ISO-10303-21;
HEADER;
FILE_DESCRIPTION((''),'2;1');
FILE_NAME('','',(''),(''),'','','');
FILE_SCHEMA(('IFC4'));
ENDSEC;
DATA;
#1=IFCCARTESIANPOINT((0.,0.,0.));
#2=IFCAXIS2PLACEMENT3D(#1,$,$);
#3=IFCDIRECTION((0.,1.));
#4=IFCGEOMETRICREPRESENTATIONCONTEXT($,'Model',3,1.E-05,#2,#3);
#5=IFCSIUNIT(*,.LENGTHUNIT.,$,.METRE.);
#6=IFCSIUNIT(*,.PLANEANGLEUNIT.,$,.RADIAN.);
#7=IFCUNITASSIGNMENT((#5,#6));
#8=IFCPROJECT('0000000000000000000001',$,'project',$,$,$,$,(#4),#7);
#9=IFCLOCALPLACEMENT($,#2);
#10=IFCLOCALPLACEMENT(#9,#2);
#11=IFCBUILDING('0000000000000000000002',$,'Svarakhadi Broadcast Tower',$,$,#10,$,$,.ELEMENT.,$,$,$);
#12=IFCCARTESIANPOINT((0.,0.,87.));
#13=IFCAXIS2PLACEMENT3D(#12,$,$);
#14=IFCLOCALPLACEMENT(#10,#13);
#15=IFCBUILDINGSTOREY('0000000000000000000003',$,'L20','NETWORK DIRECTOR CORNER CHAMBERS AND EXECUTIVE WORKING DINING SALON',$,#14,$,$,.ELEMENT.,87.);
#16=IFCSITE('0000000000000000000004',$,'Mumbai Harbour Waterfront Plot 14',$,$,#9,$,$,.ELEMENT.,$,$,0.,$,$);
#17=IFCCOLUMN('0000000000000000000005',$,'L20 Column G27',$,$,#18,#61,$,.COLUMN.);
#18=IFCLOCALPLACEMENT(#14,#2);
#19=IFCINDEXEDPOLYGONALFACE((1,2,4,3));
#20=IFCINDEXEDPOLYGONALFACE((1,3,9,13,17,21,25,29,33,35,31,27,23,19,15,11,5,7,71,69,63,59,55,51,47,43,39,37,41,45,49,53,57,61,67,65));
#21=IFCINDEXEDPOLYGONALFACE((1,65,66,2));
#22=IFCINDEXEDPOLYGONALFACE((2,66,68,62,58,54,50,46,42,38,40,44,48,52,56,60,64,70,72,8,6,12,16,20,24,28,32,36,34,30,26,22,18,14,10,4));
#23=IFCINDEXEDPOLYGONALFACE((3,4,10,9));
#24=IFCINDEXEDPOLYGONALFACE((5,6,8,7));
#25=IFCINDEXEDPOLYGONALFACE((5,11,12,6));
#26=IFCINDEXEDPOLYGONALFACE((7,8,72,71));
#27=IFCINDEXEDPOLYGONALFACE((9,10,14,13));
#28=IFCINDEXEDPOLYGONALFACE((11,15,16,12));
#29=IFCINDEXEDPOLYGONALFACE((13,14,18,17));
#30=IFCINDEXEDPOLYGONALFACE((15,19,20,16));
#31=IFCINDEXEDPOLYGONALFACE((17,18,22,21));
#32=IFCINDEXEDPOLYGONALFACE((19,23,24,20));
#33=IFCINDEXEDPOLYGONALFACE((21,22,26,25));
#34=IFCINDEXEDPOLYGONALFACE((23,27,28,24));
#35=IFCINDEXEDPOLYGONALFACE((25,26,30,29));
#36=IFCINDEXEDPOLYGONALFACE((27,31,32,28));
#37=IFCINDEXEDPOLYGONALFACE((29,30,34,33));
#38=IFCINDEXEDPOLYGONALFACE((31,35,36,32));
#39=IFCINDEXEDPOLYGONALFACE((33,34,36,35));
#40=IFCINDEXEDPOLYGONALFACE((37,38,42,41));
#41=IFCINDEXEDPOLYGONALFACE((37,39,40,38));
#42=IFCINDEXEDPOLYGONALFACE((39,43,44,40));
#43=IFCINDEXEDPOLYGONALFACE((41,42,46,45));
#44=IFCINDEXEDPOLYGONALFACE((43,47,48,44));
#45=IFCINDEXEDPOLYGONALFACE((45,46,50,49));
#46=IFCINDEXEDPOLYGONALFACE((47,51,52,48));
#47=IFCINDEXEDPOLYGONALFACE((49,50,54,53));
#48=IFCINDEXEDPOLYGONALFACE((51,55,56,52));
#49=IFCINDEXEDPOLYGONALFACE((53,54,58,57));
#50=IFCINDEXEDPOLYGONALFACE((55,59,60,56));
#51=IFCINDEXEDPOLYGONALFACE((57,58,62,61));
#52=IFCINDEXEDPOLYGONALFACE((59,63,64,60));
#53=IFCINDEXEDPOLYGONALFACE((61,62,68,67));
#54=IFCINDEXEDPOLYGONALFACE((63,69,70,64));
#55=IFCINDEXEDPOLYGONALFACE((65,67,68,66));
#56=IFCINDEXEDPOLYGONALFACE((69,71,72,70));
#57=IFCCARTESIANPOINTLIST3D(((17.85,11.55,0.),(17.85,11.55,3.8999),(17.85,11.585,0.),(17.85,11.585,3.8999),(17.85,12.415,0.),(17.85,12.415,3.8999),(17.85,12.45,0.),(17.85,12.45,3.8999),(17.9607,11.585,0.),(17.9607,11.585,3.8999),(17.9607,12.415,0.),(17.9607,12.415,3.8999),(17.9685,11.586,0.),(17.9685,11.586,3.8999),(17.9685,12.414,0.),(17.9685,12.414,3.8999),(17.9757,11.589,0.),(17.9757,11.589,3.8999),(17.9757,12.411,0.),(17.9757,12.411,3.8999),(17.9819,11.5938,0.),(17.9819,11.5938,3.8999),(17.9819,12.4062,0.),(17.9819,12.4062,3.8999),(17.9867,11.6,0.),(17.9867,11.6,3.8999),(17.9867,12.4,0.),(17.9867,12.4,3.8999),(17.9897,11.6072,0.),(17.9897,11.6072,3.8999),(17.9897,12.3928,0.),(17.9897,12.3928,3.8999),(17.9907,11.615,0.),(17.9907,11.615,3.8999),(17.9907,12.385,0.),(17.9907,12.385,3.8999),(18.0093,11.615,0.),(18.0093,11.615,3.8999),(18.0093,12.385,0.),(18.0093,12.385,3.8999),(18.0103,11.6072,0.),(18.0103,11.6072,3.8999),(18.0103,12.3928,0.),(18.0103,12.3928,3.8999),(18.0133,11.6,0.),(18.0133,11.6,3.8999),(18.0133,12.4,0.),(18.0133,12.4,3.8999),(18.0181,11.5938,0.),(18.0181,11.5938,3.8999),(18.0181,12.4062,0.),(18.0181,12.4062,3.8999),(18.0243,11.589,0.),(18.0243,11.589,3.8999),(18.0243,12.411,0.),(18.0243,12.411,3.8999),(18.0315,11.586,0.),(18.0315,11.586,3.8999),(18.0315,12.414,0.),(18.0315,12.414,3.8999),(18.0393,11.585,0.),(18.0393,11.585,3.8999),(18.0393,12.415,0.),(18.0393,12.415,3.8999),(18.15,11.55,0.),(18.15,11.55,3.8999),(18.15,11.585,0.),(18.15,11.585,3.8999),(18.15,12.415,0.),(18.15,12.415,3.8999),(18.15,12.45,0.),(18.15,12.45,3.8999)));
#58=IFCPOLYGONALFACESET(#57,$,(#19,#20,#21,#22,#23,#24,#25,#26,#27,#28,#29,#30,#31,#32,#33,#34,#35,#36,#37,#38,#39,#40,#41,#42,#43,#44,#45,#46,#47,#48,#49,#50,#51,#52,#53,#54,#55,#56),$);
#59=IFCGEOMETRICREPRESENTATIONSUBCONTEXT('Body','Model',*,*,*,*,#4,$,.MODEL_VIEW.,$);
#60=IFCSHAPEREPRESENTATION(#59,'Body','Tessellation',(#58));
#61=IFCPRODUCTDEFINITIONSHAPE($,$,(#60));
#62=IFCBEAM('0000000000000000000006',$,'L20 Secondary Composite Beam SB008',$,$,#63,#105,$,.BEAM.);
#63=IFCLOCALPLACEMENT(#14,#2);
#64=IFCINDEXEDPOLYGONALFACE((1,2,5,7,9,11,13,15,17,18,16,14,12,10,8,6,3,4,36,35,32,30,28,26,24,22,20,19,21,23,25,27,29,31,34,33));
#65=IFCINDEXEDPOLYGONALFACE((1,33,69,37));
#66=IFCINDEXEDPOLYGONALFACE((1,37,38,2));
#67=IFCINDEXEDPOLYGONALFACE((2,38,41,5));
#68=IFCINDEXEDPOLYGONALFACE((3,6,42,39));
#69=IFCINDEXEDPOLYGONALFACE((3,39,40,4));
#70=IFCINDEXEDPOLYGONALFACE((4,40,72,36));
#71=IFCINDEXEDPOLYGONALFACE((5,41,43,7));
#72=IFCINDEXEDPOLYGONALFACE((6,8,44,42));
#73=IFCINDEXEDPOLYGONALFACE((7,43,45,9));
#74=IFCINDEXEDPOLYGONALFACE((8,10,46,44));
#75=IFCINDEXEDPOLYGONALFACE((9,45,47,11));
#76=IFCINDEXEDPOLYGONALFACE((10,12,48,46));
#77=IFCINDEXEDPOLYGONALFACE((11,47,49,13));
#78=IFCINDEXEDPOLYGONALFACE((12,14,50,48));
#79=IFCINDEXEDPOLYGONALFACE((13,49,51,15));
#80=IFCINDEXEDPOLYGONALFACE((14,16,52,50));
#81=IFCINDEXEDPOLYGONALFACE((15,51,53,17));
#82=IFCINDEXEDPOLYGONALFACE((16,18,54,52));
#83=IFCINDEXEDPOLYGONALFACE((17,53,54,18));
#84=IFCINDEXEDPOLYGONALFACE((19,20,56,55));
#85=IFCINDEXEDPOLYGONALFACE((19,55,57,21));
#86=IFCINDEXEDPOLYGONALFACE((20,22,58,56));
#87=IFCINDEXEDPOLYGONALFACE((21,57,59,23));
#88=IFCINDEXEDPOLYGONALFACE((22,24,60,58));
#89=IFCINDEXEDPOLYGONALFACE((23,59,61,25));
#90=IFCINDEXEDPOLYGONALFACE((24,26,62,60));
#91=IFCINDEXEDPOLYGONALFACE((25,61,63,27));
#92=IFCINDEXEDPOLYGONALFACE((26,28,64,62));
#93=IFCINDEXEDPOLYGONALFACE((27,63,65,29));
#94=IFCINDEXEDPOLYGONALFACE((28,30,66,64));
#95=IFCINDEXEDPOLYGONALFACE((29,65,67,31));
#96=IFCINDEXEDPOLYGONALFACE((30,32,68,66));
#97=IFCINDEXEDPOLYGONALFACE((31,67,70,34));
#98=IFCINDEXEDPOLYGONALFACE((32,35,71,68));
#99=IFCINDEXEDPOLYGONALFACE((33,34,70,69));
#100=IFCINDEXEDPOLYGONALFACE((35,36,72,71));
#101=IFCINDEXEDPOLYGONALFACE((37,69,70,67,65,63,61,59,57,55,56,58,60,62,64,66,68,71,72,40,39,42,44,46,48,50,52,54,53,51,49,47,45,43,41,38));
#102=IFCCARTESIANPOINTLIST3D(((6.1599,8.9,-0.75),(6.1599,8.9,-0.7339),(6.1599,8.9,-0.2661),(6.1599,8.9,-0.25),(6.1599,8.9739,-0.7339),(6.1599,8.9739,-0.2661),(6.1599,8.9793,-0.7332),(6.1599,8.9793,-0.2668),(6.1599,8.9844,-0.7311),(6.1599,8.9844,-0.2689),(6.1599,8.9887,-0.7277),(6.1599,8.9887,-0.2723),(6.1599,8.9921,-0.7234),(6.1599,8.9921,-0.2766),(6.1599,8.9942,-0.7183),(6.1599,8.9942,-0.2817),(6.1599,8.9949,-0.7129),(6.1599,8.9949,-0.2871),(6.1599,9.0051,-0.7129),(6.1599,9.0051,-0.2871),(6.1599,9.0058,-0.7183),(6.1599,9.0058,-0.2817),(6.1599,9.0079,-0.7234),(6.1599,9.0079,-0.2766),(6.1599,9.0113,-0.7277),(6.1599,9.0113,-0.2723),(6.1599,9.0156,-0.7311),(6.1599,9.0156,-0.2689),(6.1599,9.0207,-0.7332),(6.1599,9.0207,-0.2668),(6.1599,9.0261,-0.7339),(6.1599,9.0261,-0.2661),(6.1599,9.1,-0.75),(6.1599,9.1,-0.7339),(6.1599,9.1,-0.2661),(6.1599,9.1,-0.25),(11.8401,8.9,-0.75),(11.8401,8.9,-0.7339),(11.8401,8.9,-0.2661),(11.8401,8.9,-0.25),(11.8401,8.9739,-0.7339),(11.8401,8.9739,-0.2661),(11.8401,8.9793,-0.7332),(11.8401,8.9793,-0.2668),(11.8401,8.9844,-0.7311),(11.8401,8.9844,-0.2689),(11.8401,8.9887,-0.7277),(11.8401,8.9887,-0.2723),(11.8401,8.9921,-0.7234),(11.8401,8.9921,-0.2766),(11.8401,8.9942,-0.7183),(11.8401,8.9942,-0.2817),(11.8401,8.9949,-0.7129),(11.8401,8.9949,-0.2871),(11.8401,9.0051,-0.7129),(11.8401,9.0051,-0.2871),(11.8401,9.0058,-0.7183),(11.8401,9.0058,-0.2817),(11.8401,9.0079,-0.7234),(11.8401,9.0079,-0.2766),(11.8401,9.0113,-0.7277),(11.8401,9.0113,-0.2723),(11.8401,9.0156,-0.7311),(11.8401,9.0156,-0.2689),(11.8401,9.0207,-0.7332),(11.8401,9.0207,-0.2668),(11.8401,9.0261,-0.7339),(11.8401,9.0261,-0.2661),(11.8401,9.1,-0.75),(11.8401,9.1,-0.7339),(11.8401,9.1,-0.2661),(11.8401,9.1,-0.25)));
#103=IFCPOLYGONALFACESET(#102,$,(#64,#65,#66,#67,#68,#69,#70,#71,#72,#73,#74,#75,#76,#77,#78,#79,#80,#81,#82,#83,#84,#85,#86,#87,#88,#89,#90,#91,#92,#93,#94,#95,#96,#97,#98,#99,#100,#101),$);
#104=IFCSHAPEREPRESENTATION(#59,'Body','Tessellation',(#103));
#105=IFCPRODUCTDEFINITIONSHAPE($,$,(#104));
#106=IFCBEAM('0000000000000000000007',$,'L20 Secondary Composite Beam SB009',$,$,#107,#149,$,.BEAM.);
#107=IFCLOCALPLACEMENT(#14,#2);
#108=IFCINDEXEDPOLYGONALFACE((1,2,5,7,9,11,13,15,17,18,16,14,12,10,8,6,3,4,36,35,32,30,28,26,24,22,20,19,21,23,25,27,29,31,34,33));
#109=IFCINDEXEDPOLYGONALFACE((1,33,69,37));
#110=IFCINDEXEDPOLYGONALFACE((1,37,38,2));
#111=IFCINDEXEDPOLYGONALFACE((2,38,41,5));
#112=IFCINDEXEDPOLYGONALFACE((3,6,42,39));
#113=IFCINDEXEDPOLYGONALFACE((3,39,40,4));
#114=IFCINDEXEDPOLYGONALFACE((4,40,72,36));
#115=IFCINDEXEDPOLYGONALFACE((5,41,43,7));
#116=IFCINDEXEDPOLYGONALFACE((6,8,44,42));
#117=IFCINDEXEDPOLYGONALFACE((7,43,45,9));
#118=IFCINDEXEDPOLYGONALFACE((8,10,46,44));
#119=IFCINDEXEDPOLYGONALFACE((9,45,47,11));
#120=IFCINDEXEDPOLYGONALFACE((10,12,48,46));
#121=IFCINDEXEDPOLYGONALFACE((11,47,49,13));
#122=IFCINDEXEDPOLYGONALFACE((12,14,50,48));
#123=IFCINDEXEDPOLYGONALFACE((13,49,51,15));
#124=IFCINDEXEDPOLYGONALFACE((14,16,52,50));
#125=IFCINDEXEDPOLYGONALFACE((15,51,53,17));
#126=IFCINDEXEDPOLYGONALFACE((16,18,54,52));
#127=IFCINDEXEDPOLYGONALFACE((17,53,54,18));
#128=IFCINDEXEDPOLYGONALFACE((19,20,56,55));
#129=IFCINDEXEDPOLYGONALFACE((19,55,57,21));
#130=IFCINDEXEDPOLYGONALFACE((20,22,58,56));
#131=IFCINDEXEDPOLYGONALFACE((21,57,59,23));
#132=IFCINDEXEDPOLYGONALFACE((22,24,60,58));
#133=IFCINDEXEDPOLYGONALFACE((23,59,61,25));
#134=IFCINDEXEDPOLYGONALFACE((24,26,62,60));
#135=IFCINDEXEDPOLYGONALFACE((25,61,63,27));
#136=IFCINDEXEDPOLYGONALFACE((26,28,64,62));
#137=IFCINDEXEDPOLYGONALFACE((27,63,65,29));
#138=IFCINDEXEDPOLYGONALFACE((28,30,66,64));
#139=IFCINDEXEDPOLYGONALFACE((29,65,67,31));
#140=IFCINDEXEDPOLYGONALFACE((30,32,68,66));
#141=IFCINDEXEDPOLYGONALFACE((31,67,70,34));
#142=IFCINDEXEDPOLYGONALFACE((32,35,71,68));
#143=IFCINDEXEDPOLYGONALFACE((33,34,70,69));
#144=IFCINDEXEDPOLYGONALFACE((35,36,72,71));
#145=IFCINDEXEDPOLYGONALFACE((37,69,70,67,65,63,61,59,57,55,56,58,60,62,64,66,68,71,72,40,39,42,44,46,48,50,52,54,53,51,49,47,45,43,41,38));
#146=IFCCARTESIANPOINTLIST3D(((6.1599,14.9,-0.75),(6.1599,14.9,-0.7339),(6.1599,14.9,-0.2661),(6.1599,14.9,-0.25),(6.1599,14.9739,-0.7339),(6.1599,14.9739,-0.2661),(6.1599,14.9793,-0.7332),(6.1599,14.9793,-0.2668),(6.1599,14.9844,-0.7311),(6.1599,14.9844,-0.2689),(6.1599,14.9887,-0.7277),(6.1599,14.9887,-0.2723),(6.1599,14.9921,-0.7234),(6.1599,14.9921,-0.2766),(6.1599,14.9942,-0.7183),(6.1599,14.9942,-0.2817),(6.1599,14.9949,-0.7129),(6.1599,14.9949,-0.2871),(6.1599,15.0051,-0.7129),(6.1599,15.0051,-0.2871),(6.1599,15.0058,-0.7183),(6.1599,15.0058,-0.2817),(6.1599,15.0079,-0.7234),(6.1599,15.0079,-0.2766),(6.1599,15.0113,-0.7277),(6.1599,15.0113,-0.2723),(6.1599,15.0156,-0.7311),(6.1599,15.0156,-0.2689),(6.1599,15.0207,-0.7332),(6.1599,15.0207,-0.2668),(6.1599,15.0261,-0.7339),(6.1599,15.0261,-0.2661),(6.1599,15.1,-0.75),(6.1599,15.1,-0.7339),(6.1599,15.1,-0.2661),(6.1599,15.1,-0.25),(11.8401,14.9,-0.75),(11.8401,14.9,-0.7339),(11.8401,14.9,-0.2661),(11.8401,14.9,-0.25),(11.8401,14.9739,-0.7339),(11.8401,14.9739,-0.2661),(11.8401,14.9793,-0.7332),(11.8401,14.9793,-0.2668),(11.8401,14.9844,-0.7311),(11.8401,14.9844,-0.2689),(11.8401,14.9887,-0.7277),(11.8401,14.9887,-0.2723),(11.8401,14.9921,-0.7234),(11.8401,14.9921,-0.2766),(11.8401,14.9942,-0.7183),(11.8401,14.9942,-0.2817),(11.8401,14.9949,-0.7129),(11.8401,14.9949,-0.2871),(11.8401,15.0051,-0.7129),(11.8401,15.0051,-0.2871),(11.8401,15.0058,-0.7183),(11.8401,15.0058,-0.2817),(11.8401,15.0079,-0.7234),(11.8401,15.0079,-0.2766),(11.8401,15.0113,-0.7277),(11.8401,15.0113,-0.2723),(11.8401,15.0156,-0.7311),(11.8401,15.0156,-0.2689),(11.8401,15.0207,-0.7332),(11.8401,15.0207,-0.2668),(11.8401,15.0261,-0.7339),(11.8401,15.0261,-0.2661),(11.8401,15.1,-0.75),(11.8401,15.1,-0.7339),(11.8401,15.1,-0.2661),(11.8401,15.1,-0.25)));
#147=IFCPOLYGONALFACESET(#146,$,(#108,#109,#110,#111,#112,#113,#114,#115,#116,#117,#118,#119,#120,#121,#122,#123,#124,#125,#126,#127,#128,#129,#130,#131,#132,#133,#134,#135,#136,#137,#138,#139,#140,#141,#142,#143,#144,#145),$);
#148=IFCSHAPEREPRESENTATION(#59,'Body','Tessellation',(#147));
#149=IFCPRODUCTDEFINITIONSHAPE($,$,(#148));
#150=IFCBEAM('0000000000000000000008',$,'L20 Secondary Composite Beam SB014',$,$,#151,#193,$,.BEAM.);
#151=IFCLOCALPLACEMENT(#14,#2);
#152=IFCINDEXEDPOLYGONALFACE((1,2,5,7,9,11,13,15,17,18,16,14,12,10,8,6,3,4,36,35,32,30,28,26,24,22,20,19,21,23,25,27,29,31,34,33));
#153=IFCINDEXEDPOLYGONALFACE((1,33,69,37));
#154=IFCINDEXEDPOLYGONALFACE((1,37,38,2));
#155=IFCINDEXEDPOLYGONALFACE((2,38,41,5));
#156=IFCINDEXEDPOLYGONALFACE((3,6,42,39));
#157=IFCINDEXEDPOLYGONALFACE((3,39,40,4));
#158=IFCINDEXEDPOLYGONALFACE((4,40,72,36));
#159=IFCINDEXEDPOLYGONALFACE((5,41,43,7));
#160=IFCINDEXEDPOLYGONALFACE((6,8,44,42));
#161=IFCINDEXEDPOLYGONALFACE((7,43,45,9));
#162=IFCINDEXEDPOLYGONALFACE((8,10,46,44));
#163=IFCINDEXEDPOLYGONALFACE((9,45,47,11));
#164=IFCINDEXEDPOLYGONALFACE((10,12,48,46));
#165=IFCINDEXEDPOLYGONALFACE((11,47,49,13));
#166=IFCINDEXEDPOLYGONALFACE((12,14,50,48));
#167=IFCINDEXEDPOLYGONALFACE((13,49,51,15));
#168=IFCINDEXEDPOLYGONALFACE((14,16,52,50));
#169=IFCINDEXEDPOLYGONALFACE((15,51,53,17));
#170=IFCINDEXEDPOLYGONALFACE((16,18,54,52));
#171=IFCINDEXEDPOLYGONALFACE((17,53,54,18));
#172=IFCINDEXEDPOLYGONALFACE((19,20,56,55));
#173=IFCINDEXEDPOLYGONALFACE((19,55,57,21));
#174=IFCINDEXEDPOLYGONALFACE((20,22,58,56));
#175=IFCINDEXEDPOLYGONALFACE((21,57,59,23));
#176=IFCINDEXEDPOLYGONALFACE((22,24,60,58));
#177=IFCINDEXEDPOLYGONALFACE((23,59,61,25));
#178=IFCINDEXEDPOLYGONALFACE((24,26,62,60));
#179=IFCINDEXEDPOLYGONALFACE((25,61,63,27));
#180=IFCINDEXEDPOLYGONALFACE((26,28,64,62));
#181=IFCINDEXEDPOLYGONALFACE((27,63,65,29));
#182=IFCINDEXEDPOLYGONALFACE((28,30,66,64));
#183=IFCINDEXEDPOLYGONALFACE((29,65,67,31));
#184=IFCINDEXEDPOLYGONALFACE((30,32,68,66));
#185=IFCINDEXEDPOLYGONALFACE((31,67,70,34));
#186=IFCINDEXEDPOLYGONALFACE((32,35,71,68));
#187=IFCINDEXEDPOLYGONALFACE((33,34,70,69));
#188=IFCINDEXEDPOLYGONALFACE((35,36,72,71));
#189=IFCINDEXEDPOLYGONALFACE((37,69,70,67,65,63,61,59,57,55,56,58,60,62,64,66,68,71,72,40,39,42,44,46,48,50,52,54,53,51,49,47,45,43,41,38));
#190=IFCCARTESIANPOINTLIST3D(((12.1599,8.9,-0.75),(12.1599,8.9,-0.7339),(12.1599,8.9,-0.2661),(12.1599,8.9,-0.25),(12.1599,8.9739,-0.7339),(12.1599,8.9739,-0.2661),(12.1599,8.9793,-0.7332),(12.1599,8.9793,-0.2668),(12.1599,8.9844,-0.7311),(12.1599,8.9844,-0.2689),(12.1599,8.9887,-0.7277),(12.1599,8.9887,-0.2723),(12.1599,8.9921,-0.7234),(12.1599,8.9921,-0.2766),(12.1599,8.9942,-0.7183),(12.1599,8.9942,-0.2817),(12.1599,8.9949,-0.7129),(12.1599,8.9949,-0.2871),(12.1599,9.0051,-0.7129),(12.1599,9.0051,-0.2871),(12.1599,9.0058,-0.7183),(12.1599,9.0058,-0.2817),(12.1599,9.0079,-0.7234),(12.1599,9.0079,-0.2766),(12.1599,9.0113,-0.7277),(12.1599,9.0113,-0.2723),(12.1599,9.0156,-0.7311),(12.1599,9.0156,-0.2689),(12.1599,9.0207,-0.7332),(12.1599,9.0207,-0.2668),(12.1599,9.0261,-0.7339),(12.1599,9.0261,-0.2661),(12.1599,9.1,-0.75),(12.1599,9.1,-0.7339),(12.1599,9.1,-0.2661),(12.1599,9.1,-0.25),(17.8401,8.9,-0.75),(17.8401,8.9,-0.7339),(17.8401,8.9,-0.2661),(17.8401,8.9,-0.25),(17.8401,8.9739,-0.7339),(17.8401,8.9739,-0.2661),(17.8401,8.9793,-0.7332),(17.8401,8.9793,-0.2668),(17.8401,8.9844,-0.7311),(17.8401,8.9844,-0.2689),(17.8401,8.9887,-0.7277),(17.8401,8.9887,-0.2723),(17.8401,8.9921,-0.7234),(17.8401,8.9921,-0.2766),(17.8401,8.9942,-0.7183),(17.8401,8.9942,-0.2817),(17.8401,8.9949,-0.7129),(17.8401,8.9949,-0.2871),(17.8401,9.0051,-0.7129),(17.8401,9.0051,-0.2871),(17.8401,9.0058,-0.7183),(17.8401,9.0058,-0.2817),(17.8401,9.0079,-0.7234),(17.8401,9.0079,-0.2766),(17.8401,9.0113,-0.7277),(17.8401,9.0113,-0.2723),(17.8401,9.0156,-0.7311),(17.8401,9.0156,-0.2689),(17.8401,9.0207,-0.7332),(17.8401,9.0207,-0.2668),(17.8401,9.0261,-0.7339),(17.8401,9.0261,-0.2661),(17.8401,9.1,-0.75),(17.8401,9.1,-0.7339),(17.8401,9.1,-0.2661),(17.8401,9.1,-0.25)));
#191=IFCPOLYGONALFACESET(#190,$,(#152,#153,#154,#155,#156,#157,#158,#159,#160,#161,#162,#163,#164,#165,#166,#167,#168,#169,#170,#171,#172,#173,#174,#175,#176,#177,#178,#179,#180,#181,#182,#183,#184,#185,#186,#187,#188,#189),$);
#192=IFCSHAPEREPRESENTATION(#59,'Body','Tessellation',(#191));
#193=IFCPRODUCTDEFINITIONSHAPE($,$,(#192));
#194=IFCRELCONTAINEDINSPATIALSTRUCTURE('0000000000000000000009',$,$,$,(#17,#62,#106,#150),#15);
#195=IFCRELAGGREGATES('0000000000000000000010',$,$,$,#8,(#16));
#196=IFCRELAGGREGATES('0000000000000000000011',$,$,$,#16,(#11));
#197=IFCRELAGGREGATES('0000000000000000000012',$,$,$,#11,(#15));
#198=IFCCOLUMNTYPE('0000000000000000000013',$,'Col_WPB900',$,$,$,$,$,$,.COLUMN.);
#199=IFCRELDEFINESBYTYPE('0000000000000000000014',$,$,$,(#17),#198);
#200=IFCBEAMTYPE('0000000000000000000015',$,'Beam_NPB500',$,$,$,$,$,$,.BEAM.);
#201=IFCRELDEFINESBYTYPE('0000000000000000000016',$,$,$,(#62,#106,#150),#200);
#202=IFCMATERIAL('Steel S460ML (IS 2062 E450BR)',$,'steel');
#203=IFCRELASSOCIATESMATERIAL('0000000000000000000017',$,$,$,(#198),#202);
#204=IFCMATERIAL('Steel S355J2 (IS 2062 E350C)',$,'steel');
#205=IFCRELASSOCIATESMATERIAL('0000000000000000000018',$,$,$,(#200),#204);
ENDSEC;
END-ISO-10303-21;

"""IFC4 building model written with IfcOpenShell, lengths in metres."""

from ifc_helpers import new_model, si_unit, direction, frame, origin, origin_2d, place, context, subcontext, project, spatial, i_section, extrude, material, material_profile, profile_set, type_object, element, save


model = new_model("IFC4")

# Units and contexts
model_context = context("Model", 3, precision=1e-05, world=origin(), true_north=direction((0.0, 1.0)))
body_context = subcontext(model_context, "Body", "Model", "MODEL_VIEW")
ifc_project = project(units=[si_unit("LENGTHUNIT", "METRE"), si_unit("PLANEANGLEUNIT", "RADIAN")], contexts=[model_context])

# Site, building, storey
site_placement = place(None, origin())
site = spatial("IfcSite", under=ifc_project, at=site_placement, Name="Mumbai Harbour Waterfront Plot 14", CompositionType="ELEMENT", RefElevation=0.0)
building_placement = place(site_placement, origin())
building = spatial("IfcBuilding", under=site, at=building_placement, Name="Svarakhadi Broadcast Tower", CompositionType="ELEMENT")
storey_placement = place(building_placement, frame((0.0, 0.0, 87.0)))
storey = spatial("IfcBuildingStorey", under=building, at=storey_placement, Name="L20", Description="NETWORK DIRECTOR CORNER CHAMBERS AND EXECUTIVE WORKING DINING SALON", CompositionType="ELEMENT", Elevation=87.0)

# Column
ifc_material_1 = material(Name="Steel S460ML (IS 2062 E450BR)", Category="steel")
ifc_material_profile_1 = material_profile(ifc_material_1, i_section(OverallWidth=0.3, OverallDepth=0.8999, WebThickness=0.0186, FlangeThickness=0.0349, FilletRadius=0.03, at=origin_2d()), Name="WPB 900x300x291")
ifc_profile_set_1 = profile_set([ifc_material_profile_1], Name="Steel S460ML (IS 2062 E450BR)")
column_type_1 = type_object("IfcColumnType", Name="Col_WPB900", PredefinedType="COLUMN", material=ifc_profile_set_1)
column_1_placement = place(storey_placement, frame((18.0, 12.0, 0.0), z_axis=(0.0, 0.0, 1.0), x_axis=(1.0, 0.0, 0.0)))
element("IfcColumn", 1, at=column_1_placement, inside=storey, type_object=column_type_1, Name="L20 Column G27", PredefinedType="COLUMN", context=body_context, shape_type="SweptSolid", body=[
    extrude(i_section(OverallWidth=0.3, OverallDepth=0.8999, WebThickness=0.0186, FlangeThickness=0.0349, FilletRadius=0.03, at=origin_2d()), origin(), (0.0, 0.0, 1.0), 3.8999),
])

# Beams
ifc_material_2 = material(Name="Steel S355J2 (IS 2062 E350C)", Category="steel")
ifc_material_profile_2 = material_profile(ifc_material_2, i_section(OverallWidth=0.2, OverallDepth=0.5, WebThickness=0.0103, FlangeThickness=0.0161, FilletRadius=0.021, at=origin_2d()), Name="NPB 500x200x91")
ifc_profile_set_2 = profile_set([ifc_material_profile_2], Name="Steel S355J2 (IS 2062 E350C)")
beam_type_1 = type_object("IfcBeamType", Name="Beam_NPB500", PredefinedType="BEAM", material=ifc_profile_set_2)
for number, where, z_axis, x_axis, name in (
    (2, (6.1599, 9.0, -0.5), (1.0, 0.0, 0.0), (0.0, 1.0, 0.0), "L20 Secondary Composite Beam SB008"),
    (3, (6.1599, 15.0, -0.5), (1.0, 0.0, 0.0), (0.0, 1.0, 0.0), "L20 Secondary Composite Beam SB009"),
    (4, (12.1599, 9.0, -0.5), (1.0, 0.0, 0.0), (0.0, 1.0, 0.0), "L20 Secondary Composite Beam SB014"),
):
    element("IfcBeam", number, at=place(storey_placement, frame(where, z_axis=z_axis, x_axis=x_axis)), inside=storey, type_object=beam_type_1, Name=name, PredefinedType="BEAM", context=body_context, shape_type="SweptSolid", body=[
        extrude(i_section(OverallWidth=0.2, OverallDepth=0.5, WebThickness=0.0103, FlangeThickness=0.0161, FilletRadius=0.021, at=origin_2d()), origin(), (0.0, 0.0, 1.0), 5.6802),
    ])

save(model, "model.ifc")
